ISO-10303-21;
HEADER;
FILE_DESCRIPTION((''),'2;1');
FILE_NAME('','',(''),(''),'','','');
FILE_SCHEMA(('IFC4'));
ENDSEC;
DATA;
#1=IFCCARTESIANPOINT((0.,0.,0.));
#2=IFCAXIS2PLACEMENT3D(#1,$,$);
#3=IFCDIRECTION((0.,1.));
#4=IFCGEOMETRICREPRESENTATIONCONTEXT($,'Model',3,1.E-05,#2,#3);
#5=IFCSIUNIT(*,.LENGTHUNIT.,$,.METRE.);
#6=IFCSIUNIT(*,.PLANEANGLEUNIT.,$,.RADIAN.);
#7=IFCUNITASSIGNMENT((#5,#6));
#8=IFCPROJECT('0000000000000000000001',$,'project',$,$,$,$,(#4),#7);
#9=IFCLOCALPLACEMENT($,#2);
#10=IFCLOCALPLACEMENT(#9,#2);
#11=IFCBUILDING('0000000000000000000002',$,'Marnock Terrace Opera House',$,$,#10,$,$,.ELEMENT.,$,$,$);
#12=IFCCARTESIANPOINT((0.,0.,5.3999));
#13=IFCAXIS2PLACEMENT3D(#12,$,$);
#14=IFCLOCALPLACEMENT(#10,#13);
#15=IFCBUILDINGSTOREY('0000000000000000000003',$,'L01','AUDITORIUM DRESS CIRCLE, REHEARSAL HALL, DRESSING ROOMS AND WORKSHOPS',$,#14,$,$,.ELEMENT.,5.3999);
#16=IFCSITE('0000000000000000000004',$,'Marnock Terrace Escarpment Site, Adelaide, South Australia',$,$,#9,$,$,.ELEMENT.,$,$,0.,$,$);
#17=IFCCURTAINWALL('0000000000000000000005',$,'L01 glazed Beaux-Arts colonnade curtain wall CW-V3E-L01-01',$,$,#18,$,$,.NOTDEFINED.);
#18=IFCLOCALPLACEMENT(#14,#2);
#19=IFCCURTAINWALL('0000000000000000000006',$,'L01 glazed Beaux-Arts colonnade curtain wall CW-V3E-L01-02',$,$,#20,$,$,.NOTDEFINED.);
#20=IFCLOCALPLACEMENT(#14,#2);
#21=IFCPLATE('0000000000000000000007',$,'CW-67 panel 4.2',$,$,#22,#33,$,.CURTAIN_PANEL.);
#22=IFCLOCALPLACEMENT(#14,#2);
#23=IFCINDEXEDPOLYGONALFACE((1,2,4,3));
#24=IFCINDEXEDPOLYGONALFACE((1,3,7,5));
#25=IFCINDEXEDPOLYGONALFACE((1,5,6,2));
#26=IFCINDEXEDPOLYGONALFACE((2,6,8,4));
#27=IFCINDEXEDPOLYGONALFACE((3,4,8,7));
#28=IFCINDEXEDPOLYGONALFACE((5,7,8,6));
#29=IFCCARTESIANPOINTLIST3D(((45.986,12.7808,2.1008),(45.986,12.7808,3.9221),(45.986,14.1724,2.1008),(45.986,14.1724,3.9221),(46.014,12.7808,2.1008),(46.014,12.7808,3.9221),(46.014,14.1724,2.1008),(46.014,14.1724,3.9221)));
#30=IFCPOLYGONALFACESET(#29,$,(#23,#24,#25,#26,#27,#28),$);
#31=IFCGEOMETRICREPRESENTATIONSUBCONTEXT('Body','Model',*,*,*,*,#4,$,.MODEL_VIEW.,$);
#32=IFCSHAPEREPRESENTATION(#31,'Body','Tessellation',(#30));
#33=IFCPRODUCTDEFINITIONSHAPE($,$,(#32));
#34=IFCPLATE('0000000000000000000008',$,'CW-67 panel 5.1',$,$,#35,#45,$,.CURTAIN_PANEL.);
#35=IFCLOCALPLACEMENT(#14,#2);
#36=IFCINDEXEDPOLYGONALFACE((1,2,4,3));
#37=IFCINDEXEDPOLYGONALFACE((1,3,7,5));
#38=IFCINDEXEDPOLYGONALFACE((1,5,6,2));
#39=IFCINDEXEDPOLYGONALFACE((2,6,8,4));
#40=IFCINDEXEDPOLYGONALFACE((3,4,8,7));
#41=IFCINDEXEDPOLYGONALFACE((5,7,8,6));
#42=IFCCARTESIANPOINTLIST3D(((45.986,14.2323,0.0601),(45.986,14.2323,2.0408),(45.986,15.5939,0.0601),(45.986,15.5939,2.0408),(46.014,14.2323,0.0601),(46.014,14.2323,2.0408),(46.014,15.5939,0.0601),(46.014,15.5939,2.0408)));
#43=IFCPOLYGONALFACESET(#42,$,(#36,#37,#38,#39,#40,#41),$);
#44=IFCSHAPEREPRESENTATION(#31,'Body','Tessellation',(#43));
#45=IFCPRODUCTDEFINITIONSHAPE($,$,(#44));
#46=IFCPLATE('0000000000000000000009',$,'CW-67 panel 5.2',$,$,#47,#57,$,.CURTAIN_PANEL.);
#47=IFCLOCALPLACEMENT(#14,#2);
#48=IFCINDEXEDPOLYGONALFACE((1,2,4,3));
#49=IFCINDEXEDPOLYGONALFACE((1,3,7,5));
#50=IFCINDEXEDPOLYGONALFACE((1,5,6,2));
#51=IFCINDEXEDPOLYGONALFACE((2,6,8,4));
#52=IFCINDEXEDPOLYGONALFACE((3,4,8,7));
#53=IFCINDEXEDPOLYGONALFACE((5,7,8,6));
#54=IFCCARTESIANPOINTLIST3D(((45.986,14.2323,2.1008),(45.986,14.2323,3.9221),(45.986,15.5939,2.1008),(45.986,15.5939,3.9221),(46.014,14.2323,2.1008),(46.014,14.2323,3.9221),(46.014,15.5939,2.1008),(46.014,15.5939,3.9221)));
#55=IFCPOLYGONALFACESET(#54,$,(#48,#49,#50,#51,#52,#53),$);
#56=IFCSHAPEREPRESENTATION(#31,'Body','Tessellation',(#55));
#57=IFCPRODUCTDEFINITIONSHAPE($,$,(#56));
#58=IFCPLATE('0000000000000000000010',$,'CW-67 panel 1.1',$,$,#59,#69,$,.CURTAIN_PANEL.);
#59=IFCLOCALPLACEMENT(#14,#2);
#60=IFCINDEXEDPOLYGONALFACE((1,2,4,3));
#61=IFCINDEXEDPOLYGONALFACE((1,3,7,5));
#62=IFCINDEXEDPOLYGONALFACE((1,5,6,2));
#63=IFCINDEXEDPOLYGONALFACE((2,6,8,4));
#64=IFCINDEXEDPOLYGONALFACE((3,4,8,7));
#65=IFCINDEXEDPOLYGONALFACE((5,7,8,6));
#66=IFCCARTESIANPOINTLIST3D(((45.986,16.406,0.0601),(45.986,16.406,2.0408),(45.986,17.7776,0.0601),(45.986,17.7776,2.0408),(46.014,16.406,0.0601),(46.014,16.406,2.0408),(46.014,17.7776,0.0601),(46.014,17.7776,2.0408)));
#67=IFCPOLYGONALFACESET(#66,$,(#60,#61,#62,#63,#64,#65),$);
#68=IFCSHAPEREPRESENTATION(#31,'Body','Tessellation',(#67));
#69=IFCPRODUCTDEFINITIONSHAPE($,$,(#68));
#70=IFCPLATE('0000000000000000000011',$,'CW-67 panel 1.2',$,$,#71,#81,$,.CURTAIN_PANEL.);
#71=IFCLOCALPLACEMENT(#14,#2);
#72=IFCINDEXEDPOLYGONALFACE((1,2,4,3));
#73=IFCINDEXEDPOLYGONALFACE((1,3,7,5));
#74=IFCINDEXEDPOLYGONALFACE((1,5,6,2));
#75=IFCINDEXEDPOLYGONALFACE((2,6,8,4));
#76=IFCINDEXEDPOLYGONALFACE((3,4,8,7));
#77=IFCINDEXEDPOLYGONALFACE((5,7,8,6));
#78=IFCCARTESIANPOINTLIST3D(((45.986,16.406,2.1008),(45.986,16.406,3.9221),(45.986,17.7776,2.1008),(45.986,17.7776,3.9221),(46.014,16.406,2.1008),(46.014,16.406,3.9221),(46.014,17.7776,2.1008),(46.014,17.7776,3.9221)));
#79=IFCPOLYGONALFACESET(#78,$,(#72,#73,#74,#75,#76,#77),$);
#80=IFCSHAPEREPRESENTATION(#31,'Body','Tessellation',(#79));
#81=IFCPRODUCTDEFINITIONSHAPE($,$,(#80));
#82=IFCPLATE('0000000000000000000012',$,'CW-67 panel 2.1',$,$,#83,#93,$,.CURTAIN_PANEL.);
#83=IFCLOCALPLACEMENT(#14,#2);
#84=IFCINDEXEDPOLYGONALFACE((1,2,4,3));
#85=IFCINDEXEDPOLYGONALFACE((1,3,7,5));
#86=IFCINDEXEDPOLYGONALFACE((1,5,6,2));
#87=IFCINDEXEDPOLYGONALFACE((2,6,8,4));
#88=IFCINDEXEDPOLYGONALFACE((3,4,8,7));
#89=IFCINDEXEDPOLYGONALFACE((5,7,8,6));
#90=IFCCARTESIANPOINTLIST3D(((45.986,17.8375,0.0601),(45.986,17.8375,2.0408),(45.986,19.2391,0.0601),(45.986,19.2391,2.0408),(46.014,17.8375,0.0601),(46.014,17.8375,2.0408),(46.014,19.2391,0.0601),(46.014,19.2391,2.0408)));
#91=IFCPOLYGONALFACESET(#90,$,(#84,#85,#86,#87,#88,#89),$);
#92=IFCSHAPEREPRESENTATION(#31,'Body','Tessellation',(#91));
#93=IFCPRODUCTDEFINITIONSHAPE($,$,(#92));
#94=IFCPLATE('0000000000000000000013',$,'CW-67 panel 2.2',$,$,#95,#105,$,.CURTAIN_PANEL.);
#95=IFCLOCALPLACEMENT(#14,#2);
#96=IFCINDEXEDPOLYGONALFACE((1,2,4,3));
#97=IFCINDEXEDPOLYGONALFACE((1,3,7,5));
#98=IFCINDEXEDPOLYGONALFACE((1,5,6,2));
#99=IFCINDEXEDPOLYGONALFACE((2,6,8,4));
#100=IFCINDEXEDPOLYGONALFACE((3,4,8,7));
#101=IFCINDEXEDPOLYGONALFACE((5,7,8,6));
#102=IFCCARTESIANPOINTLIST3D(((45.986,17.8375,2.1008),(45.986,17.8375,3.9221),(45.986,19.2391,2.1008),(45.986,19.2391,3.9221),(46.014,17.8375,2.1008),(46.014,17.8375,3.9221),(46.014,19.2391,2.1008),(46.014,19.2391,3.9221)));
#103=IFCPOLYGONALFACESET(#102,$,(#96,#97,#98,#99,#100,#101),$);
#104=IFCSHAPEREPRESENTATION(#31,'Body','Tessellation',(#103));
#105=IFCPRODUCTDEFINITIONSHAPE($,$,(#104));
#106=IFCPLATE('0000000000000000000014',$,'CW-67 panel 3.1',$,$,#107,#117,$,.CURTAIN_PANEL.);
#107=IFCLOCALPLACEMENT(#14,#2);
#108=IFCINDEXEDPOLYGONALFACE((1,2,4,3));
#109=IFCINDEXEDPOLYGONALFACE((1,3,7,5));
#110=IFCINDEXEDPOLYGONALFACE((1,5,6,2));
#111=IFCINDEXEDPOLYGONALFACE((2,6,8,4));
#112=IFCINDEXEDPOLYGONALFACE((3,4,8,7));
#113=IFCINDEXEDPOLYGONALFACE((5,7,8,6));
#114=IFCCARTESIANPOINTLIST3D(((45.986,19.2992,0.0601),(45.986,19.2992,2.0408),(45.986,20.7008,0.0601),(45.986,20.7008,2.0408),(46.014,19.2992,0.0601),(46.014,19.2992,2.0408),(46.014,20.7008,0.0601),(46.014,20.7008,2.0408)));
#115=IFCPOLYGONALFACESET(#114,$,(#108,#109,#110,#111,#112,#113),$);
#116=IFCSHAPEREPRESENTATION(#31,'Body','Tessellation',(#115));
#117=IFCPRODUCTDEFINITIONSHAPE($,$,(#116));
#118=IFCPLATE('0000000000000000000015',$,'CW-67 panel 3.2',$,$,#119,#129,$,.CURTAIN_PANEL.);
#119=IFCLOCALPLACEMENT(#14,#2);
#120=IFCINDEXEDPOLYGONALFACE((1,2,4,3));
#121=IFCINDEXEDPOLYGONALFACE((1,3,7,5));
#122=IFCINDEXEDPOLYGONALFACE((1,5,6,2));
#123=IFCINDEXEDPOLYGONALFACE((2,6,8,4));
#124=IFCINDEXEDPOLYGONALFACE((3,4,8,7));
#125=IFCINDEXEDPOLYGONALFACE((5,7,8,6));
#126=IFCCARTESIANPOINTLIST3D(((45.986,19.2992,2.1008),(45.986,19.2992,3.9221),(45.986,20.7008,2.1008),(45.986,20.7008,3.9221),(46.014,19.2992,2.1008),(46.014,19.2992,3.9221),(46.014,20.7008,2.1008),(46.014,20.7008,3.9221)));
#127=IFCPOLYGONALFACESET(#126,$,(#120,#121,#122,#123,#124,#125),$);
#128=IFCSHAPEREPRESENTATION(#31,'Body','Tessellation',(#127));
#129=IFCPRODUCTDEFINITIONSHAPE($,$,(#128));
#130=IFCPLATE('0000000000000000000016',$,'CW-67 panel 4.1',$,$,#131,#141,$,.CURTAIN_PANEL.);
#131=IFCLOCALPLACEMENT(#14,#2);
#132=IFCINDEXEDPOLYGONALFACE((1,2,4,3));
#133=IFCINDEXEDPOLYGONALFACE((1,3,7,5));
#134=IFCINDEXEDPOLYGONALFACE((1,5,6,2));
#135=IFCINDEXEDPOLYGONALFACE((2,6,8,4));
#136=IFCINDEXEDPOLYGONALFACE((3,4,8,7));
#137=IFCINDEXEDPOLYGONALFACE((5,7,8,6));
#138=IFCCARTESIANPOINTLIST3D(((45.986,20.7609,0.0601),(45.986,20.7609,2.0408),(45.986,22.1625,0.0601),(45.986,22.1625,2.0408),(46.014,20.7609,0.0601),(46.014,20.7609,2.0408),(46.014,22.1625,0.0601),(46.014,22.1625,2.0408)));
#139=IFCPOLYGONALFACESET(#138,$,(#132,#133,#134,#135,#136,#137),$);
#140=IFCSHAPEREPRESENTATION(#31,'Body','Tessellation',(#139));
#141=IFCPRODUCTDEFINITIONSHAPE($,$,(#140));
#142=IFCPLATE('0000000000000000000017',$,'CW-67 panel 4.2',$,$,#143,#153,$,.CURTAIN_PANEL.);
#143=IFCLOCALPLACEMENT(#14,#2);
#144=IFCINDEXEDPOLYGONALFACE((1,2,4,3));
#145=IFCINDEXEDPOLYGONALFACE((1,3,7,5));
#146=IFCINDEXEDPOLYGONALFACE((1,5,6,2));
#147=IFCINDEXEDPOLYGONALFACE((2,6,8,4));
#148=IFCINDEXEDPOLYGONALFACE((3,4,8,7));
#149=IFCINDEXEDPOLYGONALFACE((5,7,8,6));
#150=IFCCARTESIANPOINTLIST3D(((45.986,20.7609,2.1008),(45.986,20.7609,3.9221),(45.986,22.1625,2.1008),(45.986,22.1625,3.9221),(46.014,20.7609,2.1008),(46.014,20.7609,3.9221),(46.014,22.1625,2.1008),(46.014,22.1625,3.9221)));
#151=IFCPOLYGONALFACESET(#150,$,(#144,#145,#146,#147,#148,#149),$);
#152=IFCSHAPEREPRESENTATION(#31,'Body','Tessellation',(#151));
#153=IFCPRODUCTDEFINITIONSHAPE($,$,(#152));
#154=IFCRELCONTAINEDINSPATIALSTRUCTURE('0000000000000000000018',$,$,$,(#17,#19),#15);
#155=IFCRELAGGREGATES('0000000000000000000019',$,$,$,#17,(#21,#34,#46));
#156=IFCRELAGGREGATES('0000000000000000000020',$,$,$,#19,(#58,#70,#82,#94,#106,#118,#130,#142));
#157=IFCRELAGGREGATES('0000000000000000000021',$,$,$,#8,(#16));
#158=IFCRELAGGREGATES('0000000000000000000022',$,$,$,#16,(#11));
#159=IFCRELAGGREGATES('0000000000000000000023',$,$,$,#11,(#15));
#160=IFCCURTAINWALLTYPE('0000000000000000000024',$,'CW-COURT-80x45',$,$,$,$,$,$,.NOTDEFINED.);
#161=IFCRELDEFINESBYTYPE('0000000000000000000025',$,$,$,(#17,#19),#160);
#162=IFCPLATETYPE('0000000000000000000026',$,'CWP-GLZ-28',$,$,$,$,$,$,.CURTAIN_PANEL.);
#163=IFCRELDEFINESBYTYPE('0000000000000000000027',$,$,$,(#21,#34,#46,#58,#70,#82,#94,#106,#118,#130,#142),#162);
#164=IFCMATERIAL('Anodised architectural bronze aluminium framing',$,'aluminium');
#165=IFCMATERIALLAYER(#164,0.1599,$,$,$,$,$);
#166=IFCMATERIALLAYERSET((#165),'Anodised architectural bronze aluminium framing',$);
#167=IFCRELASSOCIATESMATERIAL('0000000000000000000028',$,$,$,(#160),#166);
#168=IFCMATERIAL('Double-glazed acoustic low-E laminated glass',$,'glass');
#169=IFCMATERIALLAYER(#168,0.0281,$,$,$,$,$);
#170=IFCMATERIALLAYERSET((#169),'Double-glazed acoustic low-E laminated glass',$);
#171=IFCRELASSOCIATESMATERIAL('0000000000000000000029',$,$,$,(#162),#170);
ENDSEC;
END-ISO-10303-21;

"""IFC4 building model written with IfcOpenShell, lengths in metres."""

from ifc_helpers import new_model, si_unit, direction, frame, origin, origin_2d, place, context, subcontext, project, spatial, rectangle, extrude, material, layer, layer_set, type_object, element, aggregate, save


model = new_model("IFC4")

# Units and contexts
model_context = context("Model", 3, precision=1e-05, world=origin(), true_north=direction((0.0, 1.0)))
body_context = subcontext(model_context, "Body", "Model", "MODEL_VIEW")
ifc_project = project(units=[si_unit("LENGTHUNIT", "METRE"), si_unit("PLANEANGLEUNIT", "RADIAN")], contexts=[model_context])

# Site, building, storey
site_placement = place(None, origin())
site = spatial("IfcSite", under=ifc_project, at=site_placement, Name="Marnock Terrace Escarpment Site, Adelaide, South Australia", CompositionType="ELEMENT", RefElevation=0.0)
building_placement = place(site_placement, origin())
building = spatial("IfcBuilding", under=site, at=building_placement, Name="Marnock Terrace Opera House", CompositionType="ELEMENT")
storey_placement = place(building_placement, frame((0.0, 0.0, 5.3999)))
storey = spatial("IfcBuildingStorey", under=building, at=storey_placement, Name="L01", Description="AUDITORIUM DRESS CIRCLE, REHEARSAL HALL, DRESSING ROOMS AND WORKSHOPS", CompositionType="ELEMENT", Elevation=5.3999)

# Curtain walls
ifc_material_1 = material(Name="Anodised architectural bronze aluminium framing", Category="aluminium")
ifc_layer_1 = layer(ifc_material_1, 0.1599)
ifc_layer_set_1 = layer_set([ifc_layer_1], Name="Anodised architectural bronze aluminium framing")
curtain_wall_type = type_object("IfcCurtainWallType", Name="CW-COURT-80x45", PredefinedType="NOTDEFINED", material=ifc_layer_set_1)
curtain_wall_1_placement = place(storey_placement, origin())
curtain_wall_1 = element("IfcCurtainWall", 1, at=curtain_wall_1_placement, inside=storey, type_object=curtain_wall_type, Name="L01 glazed Beaux-Arts colonnade curtain wall CW-V3E-L01-01", PredefinedType="NOTDEFINED")
curtain_wall_2_placement = place(storey_placement, origin())
curtain_wall_2 = element("IfcCurtainWall", 2, at=curtain_wall_2_placement, inside=storey, type_object=curtain_wall_type, Name="L01 glazed Beaux-Arts colonnade curtain wall CW-V3E-L01-02", PredefinedType="NOTDEFINED")

# Plates
ifc_material_2 = material(Name="Double-glazed acoustic low-E laminated glass", Category="glass")
ifc_layer_2 = layer(ifc_material_2, 0.0281)
ifc_layer_set_2 = layer_set([ifc_layer_2], Name="Double-glazed acoustic low-E laminated glass")
plate_type = type_object("IfcPlateType", Name="CWP-GLZ-28", PredefinedType="CURTAIN_PANEL", material=ifc_layer_set_2)
plate_1_placement = place(storey_placement, frame((46.0, 13.4766, 2.1008), z_axis=(0.0, 0.0, 1.0), x_axis=(0.0, 1.0, 0.0)))
plate_1 = element("IfcPlate", 3, at=plate_1_placement, type_object=plate_type, Name="CW-67 panel 4.2", PredefinedType="CURTAIN_PANEL", context=body_context, shape_type="SweptSolid", body=[
    extrude(rectangle(XDim=1.3916, YDim=0.0281, at=origin_2d()), origin(), (0.0, 0.0, 1.0), 1.8213),
])
plate_2_placement = place(storey_placement, frame((46.0, 14.9131, 0.0601), z_axis=(0.0, 0.0, 1.0), x_axis=(0.0, 1.0, 0.0)))
plate_2 = element("IfcPlate", 4, at=plate_2_placement, type_object=plate_type, Name="CW-67 panel 5.1", PredefinedType="CURTAIN_PANEL", context=body_context, shape_type="SweptSolid", body=[
    extrude(rectangle(XDim=1.3616, YDim=0.0281, at=origin_2d()), origin(), (0.0, 0.0, 1.0), 1.9807),
])
plate_3_placement = place(storey_placement, frame((46.0, 14.9131, 2.1008), z_axis=(0.0, 0.0, 1.0), x_axis=(0.0, 1.0, 0.0)))
plate_3 = element("IfcPlate", 5, at=plate_3_placement, type_object=plate_type, Name="CW-67 panel 5.2", PredefinedType="CURTAIN_PANEL", context=body_context, shape_type="SweptSolid", body=[
    extrude(rectangle(XDim=1.3616, YDim=0.0281, at=origin_2d()), origin(), (0.0, 0.0, 1.0), 1.8213),
])
aggregate(curtain_wall_1, [plate_1, plate_2, plate_3])
plate_4_placement = place(storey_placement, frame((46.0, 17.0918, 0.0601), z_axis=(0.0, 0.0, 1.0), x_axis=(0.0, 1.0, 0.0)))
plate_4 = element("IfcPlate", 6, at=plate_4_placement, type_object=plate_type, Name="CW-67 panel 1.1", PredefinedType="CURTAIN_PANEL", context=body_context, shape_type="SweptSolid", body=[
    extrude(rectangle(XDim=1.3716, YDim=0.0281, at=origin_2d()), origin(), (0.0, 0.0, 1.0), 1.9807),
])
plate_5_placement = place(storey_placement, frame((46.0, 17.0918, 2.1008), z_axis=(0.0, 0.0, 1.0), x_axis=(0.0, 1.0, 0.0)))
plate_5 = element("IfcPlate", 7, at=plate_5_placement, type_object=plate_type, Name="CW-67 panel 1.2", PredefinedType="CURTAIN_PANEL", context=body_context, shape_type="SweptSolid", body=[
    extrude(rectangle(XDim=1.3716, YDim=0.0281, at=origin_2d()), origin(), (0.0, 0.0, 1.0), 1.8213),
])
plate_6_placement = place(storey_placement, frame((46.0, 18.5383, 0.0601), z_axis=(0.0, 0.0, 1.0), x_axis=(0.0, 1.0, 0.0)))
plate_6 = element("IfcPlate", 8, at=plate_6_placement, type_object=plate_type, Name="CW-67 panel 2.1", PredefinedType="CURTAIN_PANEL", context=body_context, shape_type="SweptSolid", body=[
    extrude(rectangle(XDim=1.4016, YDim=0.0281, at=origin_2d()), origin(), (0.0, 0.0, 1.0), 1.9807),
])
plate_7_placement = place(storey_placement, frame((46.0, 18.5383, 2.1008), z_axis=(0.0, 0.0, 1.0), x_axis=(0.0, 1.0, 0.0)))
plate_7 = element("IfcPlate", 9, at=plate_7_placement, type_object=plate_type, Name="CW-67 panel 2.2", PredefinedType="CURTAIN_PANEL", context=body_context, shape_type="SweptSolid", body=[
    extrude(rectangle(XDim=1.4016, YDim=0.0281, at=origin_2d()), origin(), (0.0, 0.0, 1.0), 1.8213),
])
plate_8_placement = place(storey_placement, frame((46.0, 20.0, 0.0601), z_axis=(0.0, 0.0, 1.0), x_axis=(0.0, 1.0, 0.0)))
plate_8 = element("IfcPlate", 10, at=plate_8_placement, type_object=plate_type, Name="CW-67 panel 3.1", PredefinedType="CURTAIN_PANEL", context=body_context, shape_type="SweptSolid", body=[
    extrude(rectangle(XDim=1.4016, YDim=0.0281, at=origin_2d()), origin(), (0.0, 0.0, 1.0), 1.9807),
])
plate_9_placement = place(storey_placement, frame((46.0, 20.0, 2.1008), z_axis=(0.0, 0.0, 1.0), x_axis=(0.0, 1.0, 0.0)))
plate_9 = element("IfcPlate", 11, at=plate_9_placement, type_object=plate_type, Name="CW-67 panel 3.2", PredefinedType="CURTAIN_PANEL", context=body_context, shape_type="SweptSolid", body=[
    extrude(rectangle(XDim=1.4016, YDim=0.0281, at=origin_2d()), origin(), (0.0, 0.0, 1.0), 1.8213),
])
plate_10_placement = place(storey_placement, frame((46.0, 21.4617, 0.0601), z_axis=(0.0, 0.0, 1.0), x_axis=(0.0, 1.0, 0.0)))
plate_10 = element("IfcPlate", 12, at=plate_10_placement, type_object=plate_type, Name="CW-67 panel 4.1", PredefinedType="CURTAIN_PANEL", context=body_context, shape_type="SweptSolid", body=[
    extrude(rectangle(XDim=1.4016, YDim=0.0281, at=origin_2d()), origin(), (0.0, 0.0, 1.0), 1.9807),
])
plate_11_placement = place(storey_placement, frame((46.0, 21.4617, 2.1008), z_axis=(0.0, 0.0, 1.0), x_axis=(0.0, 1.0, 0.0)))
plate_11 = element("IfcPlate", 13, at=plate_11_placement, type_object=plate_type, Name="CW-67 panel 4.2", PredefinedType="CURTAIN_PANEL", context=body_context, shape_type="SweptSolid", body=[
    extrude(rectangle(XDim=1.4016, YDim=0.0281, at=origin_2d()), origin(), (0.0, 0.0, 1.0), 1.8213),
])
aggregate(curtain_wall_2, [plate_4, plate_5, plate_6, plate_7, plate_8, plate_9, plate_10, plate_11])

save(model, "model.ifc")
